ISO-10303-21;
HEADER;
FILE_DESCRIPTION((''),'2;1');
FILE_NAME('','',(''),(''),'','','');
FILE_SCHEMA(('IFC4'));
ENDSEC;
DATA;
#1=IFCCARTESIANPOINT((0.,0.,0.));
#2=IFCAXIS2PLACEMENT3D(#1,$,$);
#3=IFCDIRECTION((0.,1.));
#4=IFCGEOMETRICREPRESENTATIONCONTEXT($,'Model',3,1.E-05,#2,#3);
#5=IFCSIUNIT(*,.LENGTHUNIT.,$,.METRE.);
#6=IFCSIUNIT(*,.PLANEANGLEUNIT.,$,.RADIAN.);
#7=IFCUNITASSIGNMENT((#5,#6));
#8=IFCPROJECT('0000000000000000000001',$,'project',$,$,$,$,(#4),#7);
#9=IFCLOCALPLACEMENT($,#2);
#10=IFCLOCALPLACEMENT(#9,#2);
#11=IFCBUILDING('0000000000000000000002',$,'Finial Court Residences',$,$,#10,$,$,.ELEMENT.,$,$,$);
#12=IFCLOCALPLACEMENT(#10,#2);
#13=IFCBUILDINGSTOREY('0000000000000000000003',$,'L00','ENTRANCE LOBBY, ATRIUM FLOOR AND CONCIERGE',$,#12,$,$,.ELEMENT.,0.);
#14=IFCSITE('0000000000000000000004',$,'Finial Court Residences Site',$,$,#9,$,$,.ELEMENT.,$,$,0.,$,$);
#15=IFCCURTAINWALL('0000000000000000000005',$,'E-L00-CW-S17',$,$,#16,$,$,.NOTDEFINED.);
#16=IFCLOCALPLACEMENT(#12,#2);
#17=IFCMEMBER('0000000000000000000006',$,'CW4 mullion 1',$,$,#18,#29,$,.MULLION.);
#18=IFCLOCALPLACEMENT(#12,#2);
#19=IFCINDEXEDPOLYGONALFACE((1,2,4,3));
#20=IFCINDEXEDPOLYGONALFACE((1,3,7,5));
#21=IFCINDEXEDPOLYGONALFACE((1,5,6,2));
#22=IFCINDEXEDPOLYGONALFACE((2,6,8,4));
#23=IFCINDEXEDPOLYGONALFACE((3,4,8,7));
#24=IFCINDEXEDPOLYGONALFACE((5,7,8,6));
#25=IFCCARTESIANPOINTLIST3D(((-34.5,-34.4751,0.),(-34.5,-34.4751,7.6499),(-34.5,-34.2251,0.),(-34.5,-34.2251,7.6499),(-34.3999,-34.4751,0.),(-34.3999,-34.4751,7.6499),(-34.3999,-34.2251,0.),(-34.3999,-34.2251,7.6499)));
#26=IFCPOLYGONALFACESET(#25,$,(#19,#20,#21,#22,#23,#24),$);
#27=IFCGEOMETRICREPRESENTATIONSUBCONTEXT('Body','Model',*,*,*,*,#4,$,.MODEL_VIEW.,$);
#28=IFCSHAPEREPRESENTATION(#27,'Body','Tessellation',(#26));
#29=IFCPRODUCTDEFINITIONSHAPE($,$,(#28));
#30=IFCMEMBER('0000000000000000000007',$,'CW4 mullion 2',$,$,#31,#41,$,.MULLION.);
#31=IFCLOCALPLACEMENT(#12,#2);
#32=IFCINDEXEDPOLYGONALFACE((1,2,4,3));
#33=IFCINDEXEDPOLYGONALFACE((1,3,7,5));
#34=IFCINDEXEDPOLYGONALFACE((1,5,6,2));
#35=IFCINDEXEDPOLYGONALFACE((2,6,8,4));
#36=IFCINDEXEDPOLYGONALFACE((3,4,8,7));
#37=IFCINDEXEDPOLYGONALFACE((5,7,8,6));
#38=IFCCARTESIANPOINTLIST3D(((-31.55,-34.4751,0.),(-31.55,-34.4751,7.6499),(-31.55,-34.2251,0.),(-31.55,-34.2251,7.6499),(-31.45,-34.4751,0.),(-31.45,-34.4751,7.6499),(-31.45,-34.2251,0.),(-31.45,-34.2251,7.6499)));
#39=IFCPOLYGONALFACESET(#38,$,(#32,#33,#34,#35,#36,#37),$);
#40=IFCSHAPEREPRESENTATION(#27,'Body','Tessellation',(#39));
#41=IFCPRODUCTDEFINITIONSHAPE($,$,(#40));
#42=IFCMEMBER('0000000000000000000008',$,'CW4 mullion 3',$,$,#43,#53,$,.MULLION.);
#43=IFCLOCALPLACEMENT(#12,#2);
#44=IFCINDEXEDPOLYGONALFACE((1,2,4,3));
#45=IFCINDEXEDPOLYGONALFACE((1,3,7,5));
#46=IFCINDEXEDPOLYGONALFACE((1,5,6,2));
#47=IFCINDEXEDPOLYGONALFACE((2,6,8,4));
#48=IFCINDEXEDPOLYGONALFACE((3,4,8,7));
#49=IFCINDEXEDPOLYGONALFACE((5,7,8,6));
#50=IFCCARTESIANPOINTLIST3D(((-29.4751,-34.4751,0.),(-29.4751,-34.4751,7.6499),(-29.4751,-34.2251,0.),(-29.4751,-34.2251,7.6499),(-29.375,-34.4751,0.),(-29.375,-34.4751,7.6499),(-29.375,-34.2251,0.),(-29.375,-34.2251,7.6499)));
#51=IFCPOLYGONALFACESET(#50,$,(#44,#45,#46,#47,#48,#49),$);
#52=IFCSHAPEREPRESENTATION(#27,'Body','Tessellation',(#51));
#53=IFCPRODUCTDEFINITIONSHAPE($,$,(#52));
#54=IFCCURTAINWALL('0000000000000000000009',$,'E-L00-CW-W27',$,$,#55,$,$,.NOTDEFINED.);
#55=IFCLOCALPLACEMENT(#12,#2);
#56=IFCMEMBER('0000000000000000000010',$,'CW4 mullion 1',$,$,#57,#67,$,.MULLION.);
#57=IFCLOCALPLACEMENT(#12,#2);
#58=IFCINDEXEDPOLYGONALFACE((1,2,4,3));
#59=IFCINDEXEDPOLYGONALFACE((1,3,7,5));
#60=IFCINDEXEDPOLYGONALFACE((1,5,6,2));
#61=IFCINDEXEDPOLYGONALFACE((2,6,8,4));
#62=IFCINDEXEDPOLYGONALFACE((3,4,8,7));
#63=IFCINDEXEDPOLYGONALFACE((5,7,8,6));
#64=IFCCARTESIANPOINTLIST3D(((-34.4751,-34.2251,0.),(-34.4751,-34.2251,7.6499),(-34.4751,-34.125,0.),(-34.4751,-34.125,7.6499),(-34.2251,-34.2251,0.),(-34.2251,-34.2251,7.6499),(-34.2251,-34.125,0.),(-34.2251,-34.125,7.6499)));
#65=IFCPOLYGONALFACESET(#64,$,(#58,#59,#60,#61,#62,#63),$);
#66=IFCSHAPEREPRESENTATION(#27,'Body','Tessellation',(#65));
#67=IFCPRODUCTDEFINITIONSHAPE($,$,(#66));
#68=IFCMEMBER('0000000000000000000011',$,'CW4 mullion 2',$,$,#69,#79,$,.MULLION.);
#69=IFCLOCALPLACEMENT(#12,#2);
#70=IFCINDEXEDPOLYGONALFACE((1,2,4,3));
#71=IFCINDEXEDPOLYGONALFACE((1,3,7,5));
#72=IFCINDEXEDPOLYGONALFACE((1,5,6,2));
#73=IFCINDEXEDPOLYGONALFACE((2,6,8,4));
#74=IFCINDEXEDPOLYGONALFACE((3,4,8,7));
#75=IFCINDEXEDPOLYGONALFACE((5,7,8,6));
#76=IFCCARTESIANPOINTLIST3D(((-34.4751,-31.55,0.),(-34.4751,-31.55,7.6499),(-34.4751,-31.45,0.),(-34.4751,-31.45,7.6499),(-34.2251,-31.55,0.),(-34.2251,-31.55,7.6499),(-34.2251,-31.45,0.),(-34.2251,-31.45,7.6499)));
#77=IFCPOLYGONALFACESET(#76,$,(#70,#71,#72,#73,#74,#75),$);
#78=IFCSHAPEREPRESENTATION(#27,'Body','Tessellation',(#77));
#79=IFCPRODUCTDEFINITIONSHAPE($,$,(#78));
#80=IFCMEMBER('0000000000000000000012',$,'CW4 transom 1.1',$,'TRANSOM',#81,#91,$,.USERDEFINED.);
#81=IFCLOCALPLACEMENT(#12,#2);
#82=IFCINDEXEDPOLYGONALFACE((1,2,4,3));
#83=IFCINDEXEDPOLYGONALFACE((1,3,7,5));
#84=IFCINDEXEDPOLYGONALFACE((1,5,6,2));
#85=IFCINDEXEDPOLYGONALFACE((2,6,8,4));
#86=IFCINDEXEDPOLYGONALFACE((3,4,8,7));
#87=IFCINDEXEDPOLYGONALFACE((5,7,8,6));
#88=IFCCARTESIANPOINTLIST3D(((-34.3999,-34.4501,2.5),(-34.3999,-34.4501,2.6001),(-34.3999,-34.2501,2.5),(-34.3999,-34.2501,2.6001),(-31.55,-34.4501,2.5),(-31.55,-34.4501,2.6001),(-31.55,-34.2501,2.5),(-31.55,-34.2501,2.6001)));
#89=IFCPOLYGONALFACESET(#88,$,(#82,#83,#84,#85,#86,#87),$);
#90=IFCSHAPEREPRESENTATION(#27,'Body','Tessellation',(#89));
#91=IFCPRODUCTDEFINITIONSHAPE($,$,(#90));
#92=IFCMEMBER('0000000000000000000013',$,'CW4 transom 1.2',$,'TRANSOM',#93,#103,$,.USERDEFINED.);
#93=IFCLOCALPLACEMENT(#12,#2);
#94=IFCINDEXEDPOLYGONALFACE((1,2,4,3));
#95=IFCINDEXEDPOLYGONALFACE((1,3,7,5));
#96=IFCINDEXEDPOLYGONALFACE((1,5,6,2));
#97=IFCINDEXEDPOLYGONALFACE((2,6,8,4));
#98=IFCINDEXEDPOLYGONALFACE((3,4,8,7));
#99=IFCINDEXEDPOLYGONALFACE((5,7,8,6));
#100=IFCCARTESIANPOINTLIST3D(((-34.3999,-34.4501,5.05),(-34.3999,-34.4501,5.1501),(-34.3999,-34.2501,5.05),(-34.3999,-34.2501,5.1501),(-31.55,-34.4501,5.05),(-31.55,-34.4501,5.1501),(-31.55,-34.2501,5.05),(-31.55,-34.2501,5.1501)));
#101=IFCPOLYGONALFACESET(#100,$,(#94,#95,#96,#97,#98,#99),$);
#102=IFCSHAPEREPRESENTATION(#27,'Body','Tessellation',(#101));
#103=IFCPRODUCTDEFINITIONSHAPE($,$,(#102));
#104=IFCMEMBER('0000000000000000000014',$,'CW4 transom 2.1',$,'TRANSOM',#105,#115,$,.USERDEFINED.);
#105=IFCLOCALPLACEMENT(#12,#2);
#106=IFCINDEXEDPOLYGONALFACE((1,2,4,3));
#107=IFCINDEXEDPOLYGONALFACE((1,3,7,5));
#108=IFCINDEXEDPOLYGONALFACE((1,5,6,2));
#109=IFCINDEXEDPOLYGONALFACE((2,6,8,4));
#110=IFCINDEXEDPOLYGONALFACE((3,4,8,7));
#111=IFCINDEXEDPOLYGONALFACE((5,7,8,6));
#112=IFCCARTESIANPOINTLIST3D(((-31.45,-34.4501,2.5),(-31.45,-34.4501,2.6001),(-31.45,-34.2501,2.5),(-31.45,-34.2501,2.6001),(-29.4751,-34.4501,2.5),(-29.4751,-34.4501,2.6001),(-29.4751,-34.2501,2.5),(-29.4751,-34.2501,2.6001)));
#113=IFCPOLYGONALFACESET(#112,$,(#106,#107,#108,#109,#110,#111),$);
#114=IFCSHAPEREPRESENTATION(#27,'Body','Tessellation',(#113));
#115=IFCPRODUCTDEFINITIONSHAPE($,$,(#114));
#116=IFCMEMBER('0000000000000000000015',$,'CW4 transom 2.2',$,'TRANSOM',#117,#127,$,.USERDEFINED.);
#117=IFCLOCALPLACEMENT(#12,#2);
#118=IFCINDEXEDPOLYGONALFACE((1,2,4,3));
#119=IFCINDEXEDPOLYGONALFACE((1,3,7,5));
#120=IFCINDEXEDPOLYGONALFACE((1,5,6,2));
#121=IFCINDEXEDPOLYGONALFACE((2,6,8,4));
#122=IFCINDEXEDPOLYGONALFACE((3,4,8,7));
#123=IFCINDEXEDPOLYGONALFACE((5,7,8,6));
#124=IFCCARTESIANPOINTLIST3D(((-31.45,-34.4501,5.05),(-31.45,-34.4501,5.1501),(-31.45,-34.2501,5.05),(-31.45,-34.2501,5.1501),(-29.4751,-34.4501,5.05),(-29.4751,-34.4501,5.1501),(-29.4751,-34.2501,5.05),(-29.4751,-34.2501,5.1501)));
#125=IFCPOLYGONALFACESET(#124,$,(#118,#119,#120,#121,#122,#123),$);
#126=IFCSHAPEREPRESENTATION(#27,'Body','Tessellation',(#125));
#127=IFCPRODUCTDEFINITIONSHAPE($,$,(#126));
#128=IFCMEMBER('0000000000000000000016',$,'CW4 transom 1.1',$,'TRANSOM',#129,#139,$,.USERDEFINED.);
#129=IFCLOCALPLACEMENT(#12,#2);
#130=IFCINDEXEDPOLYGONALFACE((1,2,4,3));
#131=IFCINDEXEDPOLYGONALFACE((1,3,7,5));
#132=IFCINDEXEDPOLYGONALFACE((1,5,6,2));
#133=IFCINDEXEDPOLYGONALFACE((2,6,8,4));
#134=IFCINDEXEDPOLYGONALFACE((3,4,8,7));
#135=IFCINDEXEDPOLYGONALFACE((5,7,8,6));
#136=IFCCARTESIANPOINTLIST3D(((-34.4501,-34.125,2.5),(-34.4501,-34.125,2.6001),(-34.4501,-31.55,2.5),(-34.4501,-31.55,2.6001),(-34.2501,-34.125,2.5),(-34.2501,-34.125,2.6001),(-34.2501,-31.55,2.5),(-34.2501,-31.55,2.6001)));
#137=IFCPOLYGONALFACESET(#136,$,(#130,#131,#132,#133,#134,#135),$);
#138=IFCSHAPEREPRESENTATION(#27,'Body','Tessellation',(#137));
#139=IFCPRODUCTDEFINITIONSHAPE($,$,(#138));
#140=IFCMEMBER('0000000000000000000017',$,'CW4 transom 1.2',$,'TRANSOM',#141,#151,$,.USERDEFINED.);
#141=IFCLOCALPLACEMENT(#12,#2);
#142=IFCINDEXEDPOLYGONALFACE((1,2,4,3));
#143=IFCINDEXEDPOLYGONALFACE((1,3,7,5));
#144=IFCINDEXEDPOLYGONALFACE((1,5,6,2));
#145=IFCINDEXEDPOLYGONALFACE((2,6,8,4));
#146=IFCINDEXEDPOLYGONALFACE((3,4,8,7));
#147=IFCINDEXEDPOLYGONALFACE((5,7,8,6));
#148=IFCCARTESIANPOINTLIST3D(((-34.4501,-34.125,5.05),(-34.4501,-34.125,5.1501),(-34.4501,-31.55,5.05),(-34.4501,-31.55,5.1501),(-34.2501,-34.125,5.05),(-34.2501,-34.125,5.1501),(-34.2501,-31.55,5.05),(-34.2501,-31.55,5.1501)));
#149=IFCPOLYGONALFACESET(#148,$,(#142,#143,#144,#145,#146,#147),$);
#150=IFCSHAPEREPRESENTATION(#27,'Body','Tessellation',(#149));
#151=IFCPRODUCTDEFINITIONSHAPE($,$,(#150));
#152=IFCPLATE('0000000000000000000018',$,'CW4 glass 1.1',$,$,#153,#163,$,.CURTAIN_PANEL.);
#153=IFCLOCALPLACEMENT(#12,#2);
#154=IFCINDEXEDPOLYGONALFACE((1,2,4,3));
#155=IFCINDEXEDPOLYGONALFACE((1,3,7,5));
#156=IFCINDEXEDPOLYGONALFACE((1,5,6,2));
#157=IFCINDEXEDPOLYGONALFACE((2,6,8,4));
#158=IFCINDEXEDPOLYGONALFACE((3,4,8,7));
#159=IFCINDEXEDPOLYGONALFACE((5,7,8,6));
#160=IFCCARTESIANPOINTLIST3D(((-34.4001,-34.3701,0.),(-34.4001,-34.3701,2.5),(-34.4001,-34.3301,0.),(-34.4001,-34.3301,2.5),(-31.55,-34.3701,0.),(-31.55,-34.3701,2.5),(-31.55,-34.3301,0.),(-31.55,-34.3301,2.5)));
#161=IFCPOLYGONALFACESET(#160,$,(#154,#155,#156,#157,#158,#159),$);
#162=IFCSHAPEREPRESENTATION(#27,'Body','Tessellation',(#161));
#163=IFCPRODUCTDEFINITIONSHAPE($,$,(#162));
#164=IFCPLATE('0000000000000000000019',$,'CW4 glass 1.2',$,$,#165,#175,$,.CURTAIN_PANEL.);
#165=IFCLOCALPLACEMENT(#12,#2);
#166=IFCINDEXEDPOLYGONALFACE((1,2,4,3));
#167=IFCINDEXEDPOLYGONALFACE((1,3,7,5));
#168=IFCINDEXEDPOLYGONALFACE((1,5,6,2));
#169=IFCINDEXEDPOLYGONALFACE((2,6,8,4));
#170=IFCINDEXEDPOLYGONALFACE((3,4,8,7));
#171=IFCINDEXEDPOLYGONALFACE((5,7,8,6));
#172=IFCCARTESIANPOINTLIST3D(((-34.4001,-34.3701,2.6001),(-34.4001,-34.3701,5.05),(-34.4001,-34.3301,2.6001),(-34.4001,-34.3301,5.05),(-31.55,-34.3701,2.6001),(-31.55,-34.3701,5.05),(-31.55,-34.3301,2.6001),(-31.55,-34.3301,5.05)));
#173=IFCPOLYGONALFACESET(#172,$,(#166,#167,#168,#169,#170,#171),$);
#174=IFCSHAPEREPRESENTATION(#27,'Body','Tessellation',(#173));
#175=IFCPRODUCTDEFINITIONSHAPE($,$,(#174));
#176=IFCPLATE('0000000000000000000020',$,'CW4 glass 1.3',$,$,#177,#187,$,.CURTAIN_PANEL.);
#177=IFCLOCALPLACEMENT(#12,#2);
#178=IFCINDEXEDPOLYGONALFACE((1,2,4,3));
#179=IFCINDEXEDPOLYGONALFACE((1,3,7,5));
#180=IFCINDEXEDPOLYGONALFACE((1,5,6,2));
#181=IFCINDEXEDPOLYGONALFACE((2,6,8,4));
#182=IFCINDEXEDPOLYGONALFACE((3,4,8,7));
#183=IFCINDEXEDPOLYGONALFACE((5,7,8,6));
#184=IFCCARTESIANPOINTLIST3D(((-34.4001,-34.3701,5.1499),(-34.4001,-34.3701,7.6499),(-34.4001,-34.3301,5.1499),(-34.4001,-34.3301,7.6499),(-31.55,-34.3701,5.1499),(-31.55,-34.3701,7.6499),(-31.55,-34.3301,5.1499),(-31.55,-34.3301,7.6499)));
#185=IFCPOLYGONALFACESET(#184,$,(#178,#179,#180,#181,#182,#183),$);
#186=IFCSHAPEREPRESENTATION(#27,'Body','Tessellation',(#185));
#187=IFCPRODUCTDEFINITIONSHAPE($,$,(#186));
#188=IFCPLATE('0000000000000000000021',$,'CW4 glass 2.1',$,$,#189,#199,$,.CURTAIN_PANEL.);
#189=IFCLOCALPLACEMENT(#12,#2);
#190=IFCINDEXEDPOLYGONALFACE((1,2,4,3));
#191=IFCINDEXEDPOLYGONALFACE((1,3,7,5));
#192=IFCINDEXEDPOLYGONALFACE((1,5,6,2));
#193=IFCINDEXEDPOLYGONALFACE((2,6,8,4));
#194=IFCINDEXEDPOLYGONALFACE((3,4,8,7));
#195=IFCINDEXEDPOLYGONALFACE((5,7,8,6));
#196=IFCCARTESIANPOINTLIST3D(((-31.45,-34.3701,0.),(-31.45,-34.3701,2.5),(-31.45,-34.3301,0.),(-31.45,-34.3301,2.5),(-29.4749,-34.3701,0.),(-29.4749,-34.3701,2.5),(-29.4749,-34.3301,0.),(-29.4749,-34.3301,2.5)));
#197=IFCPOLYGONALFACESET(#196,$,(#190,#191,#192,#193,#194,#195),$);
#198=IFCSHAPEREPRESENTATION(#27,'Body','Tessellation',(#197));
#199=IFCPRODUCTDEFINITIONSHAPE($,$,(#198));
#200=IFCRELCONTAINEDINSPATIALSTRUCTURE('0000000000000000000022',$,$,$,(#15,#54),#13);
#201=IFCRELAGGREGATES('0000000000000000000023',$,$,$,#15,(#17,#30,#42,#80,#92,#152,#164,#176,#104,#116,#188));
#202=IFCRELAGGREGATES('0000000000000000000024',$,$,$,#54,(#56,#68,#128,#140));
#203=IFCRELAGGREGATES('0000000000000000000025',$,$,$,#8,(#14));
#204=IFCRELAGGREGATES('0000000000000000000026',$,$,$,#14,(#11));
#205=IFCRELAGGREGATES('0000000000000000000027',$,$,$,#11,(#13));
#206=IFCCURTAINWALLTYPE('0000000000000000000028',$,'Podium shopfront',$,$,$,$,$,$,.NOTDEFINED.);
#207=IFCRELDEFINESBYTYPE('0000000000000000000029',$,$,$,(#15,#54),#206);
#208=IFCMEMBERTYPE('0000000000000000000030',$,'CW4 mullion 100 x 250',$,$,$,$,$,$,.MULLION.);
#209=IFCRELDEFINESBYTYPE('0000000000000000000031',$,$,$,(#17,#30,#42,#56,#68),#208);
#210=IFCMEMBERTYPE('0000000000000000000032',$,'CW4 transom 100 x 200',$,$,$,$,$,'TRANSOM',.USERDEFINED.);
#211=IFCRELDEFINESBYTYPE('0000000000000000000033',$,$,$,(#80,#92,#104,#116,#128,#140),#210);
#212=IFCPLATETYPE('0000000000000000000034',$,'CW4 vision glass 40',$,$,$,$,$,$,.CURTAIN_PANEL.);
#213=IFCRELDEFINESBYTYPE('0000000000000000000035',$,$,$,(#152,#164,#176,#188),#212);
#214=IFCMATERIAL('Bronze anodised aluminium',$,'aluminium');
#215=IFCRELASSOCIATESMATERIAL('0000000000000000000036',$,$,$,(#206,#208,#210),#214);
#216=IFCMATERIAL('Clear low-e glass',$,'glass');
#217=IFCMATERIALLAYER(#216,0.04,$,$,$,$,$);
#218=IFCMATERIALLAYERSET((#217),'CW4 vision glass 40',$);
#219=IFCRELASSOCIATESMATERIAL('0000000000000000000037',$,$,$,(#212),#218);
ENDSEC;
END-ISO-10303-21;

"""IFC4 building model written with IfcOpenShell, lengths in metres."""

from ifc_helpers import new_model, si_unit, direction, frame, origin, origin_2d, place, context, subcontext, project, spatial, rectangle, extrude, material, layer, layer_set, material_profile, profile_set, type_object, element, aggregate, save


model = new_model("IFC4")

# Units and contexts
model_context = context("Model", 3, precision=1e-05, world=origin(), true_north=direction((0.0, 1.0)))
body_context = subcontext(model_context, "Body", "Model", "MODEL_VIEW")
ifc_project = project(units=[si_unit("LENGTHUNIT", "METRE"), si_unit("PLANEANGLEUNIT", "RADIAN")], contexts=[model_context])

# Site, building, storey
site_placement = place(None, origin())
site = spatial("IfcSite", under=ifc_project, at=site_placement, Name="Finial Court Residences Site", CompositionType="ELEMENT", RefElevation=0.0)
building_placement = place(site_placement, origin())
building = spatial("IfcBuilding", under=site, at=building_placement, Name="Finial Court Residences", CompositionType="ELEMENT")
storey_placement = place(building_placement, origin())
storey = spatial("IfcBuildingStorey", under=building, at=storey_placement, Name="L00", Description="ENTRANCE LOBBY, ATRIUM FLOOR AND CONCIERGE", CompositionType="ELEMENT", Elevation=0.0)

# Curtain walls, members
ifc_material_1 = material(Name="Bronze anodised aluminium", Category="aluminium")
curtain_wall_type = type_object("IfcCurtainWallType", Name="Podium shopfront", PredefinedType="NOTDEFINED", material=ifc_material_1)
curtain_wall_1_placement = place(storey_placement, origin())
curtain_wall_1 = element("IfcCurtainWall", 1, at=curtain_wall_1_placement, inside=storey, type_object=curtain_wall_type, Name="E-L00-CW-S17", PredefinedType="NOTDEFINED")
ifc_material_profile_1 = material_profile(ifc_material_1, rectangle(XDim=0.25, YDim=0.1001, at=origin_2d()), Name="CW4 mullion 100 x 250")
ifc_profile_set_1 = profile_set([ifc_material_profile_1], Name="Bronze anodised aluminium")
member_type_1 = type_object("IfcMemberType", Name="CW4 mullion 100 x 250", PredefinedType="MULLION", material=ifc_profile_set_1)
member_1_placement = place(storey_placement, frame((-34.45, -34.3501, 0.0), z_axis=(0.0, 0.0, 1.0), x_axis=(0.0, 1.0, 0.0)))
member_1 = element("IfcMember", 2, at=member_1_placement, type_object=member_type_1, Name="CW4 mullion 1", PredefinedType="MULLION", context=body_context, shape_type="SweptSolid", body=[
    extrude(rectangle(XDim=0.25, YDim=0.1001, at=origin_2d()), origin(), (0.0, 0.0, 1.0), 7.6499),
])
member_2_placement = place(storey_placement, frame((-31.5, -34.3501, 0.0), z_axis=(0.0, 0.0, 1.0), x_axis=(0.0, 1.0, 0.0)))
member_2 = element("IfcMember", 3, at=member_2_placement, type_object=member_type_1, Name="CW4 mullion 2", PredefinedType="MULLION", context=body_context, shape_type="SweptSolid", body=[
    extrude(rectangle(XDim=0.25, YDim=0.1001, at=origin_2d()), origin(), (0.0, 0.0, 1.0), 7.6499),
])
member_3_placement = place(storey_placement, frame((-29.425, -34.3501, 0.0), z_axis=(0.0, 0.0, 1.0), x_axis=(0.0, 1.0, 0.0)))
member_3 = element("IfcMember", 4, at=member_3_placement, type_object=member_type_1, Name="CW4 mullion 3", PredefinedType="MULLION", context=body_context, shape_type="SweptSolid", body=[
    extrude(rectangle(XDim=0.25, YDim=0.1001, at=origin_2d()), origin(), (0.0, 0.0, 1.0), 7.6499),
])
curtain_wall_2_placement = place(storey_placement, origin())
curtain_wall_2 = element("IfcCurtainWall", 5, at=curtain_wall_2_placement, inside=storey, type_object=curtain_wall_type, Name="E-L00-CW-W27", PredefinedType="NOTDEFINED")
member_4_placement = place(storey_placement, frame((-34.3501, -34.175, 0.0), z_axis=(0.0, 0.0, 1.0), x_axis=(-1.0, 0.0, 0.0)))
member_4 = element("IfcMember", 6, at=member_4_placement, type_object=member_type_1, Name="CW4 mullion 1", PredefinedType="MULLION", context=body_context, shape_type="SweptSolid", body=[
    extrude(rectangle(XDim=0.25, YDim=0.1001, at=origin_2d()), origin(), (0.0, 0.0, 1.0), 7.6499),
])
member_5_placement = place(storey_placement, frame((-34.3501, -31.5, 0.0), z_axis=(0.0, 0.0, 1.0), x_axis=(-1.0, 0.0, 0.0)))
member_5 = element("IfcMember", 7, at=member_5_placement, type_object=member_type_1, Name="CW4 mullion 2", PredefinedType="MULLION", context=body_context, shape_type="SweptSolid", body=[
    extrude(rectangle(XDim=0.25, YDim=0.1001, at=origin_2d()), origin(), (0.0, 0.0, 1.0), 7.6499),
])

# Members
ifc_material_profile_2 = material_profile(ifc_material_1, rectangle(XDim=0.2, YDim=0.1001, at=origin_2d()), Name="CW4 transom 100 x 200")
ifc_profile_set_2 = profile_set([ifc_material_profile_2], Name="Bronze anodised aluminium")
member_type_2 = type_object("IfcMemberType", Name="CW4 transom 100 x 200", ElementType="TRANSOM", PredefinedType="USERDEFINED", material=ifc_profile_set_2)
member_6_placement = place(storey_placement, frame((-34.3999, -34.3501, 2.55), z_axis=(1.0, 0.0, 0.0), x_axis=(0.0, 1.0, 0.0)))
member_6 = element("IfcMember", 8, at=member_6_placement, type_object=member_type_2, Name="CW4 transom 1.1", ObjectType="TRANSOM", PredefinedType="USERDEFINED", context=body_context, shape_type="SweptSolid", body=[
    extrude(rectangle(XDim=0.2, YDim=0.1001, at=origin_2d()), origin(), (0.0, 0.0, 1.0), 2.8499),
])
member_7_placement = place(storey_placement, frame((-34.3999, -34.3501, 5.1001), z_axis=(1.0, 0.0, 0.0), x_axis=(0.0, 1.0, 0.0)))
member_7 = element("IfcMember", 9, at=member_7_placement, type_object=member_type_2, Name="CW4 transom 1.2", ObjectType="TRANSOM", PredefinedType="USERDEFINED", context=body_context, shape_type="SweptSolid", body=[
    extrude(rectangle(XDim=0.2, YDim=0.1001, at=origin_2d()), origin(), (0.0, 0.0, 1.0), 2.8499),
])
member_8_placement = place(storey_placement, frame((-31.45, -34.3501, 2.55), z_axis=(1.0, 0.0, 0.0), x_axis=(0.0, 1.0, 0.0)))
member_8 = element("IfcMember", 10, at=member_8_placement, type_object=member_type_2, Name="CW4 transom 2.1", ObjectType="TRANSOM", PredefinedType="USERDEFINED", context=body_context, shape_type="SweptSolid", body=[
    extrude(rectangle(XDim=0.2, YDim=0.1001, at=origin_2d()), origin(), (0.0, 0.0, 1.0), 1.9749),
])
member_9_placement = place(storey_placement, frame((-31.45, -34.3501, 5.1001), z_axis=(1.0, 0.0, 0.0), x_axis=(0.0, 1.0, 0.0)))
member_9 = element("IfcMember", 11, at=member_9_placement, type_object=member_type_2, Name="CW4 transom 2.2", ObjectType="TRANSOM", PredefinedType="USERDEFINED", context=body_context, shape_type="SweptSolid", body=[
    extrude(rectangle(XDim=0.2, YDim=0.1001, at=origin_2d()), origin(), (0.0, 0.0, 1.0), 1.9749),
])
member_10_placement = place(storey_placement, frame((-34.3501, -34.125, 2.55), z_axis=(0.0, 1.0, 0.0), x_axis=(-1.0, 0.0, 0.0)))
member_10 = element("IfcMember", 12, at=member_10_placement, type_object=member_type_2, Name="CW4 transom 1.1", ObjectType="TRANSOM", PredefinedType="USERDEFINED", context=body_context, shape_type="SweptSolid", body=[
    extrude(rectangle(XDim=0.2, YDim=0.1001, at=origin_2d()), origin(), (0.0, 0.0, 1.0), 2.575),
])
member_11_placement = place(storey_placement, frame((-34.3501, -34.125, 5.1001), z_axis=(0.0, 1.0, 0.0), x_axis=(-1.0, 0.0, 0.0)))
member_11 = element("IfcMember", 13, at=member_11_placement, type_object=member_type_2, Name="CW4 transom 1.2", ObjectType="TRANSOM", PredefinedType="USERDEFINED", context=body_context, shape_type="SweptSolid", body=[
    extrude(rectangle(XDim=0.2, YDim=0.1001, at=origin_2d()), origin(), (0.0, 0.0, 1.0), 2.575),
])

# Plates
ifc_material_2 = material(Name="Clear low-e glass", Category="glass")
ifc_layer_1 = layer(ifc_material_2, 0.04)
ifc_layer_set_1 = layer_set([ifc_layer_1], Name="CW4 vision glass 40")
plate_type = type_object("IfcPlateType", Name="CW4 vision glass 40", PredefinedType="CURTAIN_PANEL", material=ifc_layer_set_1)
plate_1_placement = place(storey_placement, frame((-32.9751, -34.3501, 0.0), z_axis=(0.0, 0.0, 1.0), x_axis=(1.0, 0.0, 0.0)))
plate_1 = element("IfcPlate", 14, at=plate_1_placement, type_object=plate_type, Name="CW4 glass 1.1", PredefinedType="CURTAIN_PANEL", context=body_context, shape_type="SweptSolid", body=[
    extrude(rectangle(XDim=2.8501, YDim=0.04, at=origin_2d()), origin(), (0.0, 0.0, 1.0), 2.5),
])
plate_2_placement = place(storey_placement, frame((-32.9751, -34.3501, 2.6001), z_axis=(0.0, 0.0, 1.0), x_axis=(1.0, 0.0, 0.0)))
plate_2 = element("IfcPlate", 15, at=plate_2_placement, type_object=plate_type, Name="CW4 glass 1.2", PredefinedType="CURTAIN_PANEL", context=body_context, shape_type="SweptSolid", body=[
    extrude(rectangle(XDim=2.8501, YDim=0.04, at=origin_2d()), origin(), (0.0, 0.0, 1.0), 2.45),
])
plate_3_placement = place(storey_placement, frame((-32.9751, -34.3501, 5.1499), z_axis=(0.0, 0.0, 1.0), x_axis=(1.0, 0.0, 0.0)))
plate_3 = element("IfcPlate", 16, at=plate_3_placement, type_object=plate_type, Name="CW4 glass 1.3", PredefinedType="CURTAIN_PANEL", context=body_context, shape_type="SweptSolid", body=[
    extrude(rectangle(XDim=2.8501, YDim=0.04, at=origin_2d()), origin(), (0.0, 0.0, 1.0), 2.5),
])
plate_4_placement = place(storey_placement, frame((-30.4624, -34.3501, 0.0), z_axis=(0.0, 0.0, 1.0), x_axis=(1.0, 0.0, 0.0)))
plate_4 = element("IfcPlate", 17, at=plate_4_placement, type_object=plate_type, Name="CW4 glass 2.1", PredefinedType="CURTAIN_PANEL", context=body_context, shape_type="SweptSolid", body=[
    extrude(rectangle(XDim=1.9751, YDim=0.04, at=origin_2d()), origin(), (0.0, 0.0, 1.0), 2.5),
])
aggregate(curtain_wall_1, [member_1, member_2, member_3, member_6, member_7, plate_1, plate_2, plate_3, member_8, member_9, plate_4])
aggregate(curtain_wall_2, [member_4, member_5, member_10, member_11])

save(model, "model.ifc")
